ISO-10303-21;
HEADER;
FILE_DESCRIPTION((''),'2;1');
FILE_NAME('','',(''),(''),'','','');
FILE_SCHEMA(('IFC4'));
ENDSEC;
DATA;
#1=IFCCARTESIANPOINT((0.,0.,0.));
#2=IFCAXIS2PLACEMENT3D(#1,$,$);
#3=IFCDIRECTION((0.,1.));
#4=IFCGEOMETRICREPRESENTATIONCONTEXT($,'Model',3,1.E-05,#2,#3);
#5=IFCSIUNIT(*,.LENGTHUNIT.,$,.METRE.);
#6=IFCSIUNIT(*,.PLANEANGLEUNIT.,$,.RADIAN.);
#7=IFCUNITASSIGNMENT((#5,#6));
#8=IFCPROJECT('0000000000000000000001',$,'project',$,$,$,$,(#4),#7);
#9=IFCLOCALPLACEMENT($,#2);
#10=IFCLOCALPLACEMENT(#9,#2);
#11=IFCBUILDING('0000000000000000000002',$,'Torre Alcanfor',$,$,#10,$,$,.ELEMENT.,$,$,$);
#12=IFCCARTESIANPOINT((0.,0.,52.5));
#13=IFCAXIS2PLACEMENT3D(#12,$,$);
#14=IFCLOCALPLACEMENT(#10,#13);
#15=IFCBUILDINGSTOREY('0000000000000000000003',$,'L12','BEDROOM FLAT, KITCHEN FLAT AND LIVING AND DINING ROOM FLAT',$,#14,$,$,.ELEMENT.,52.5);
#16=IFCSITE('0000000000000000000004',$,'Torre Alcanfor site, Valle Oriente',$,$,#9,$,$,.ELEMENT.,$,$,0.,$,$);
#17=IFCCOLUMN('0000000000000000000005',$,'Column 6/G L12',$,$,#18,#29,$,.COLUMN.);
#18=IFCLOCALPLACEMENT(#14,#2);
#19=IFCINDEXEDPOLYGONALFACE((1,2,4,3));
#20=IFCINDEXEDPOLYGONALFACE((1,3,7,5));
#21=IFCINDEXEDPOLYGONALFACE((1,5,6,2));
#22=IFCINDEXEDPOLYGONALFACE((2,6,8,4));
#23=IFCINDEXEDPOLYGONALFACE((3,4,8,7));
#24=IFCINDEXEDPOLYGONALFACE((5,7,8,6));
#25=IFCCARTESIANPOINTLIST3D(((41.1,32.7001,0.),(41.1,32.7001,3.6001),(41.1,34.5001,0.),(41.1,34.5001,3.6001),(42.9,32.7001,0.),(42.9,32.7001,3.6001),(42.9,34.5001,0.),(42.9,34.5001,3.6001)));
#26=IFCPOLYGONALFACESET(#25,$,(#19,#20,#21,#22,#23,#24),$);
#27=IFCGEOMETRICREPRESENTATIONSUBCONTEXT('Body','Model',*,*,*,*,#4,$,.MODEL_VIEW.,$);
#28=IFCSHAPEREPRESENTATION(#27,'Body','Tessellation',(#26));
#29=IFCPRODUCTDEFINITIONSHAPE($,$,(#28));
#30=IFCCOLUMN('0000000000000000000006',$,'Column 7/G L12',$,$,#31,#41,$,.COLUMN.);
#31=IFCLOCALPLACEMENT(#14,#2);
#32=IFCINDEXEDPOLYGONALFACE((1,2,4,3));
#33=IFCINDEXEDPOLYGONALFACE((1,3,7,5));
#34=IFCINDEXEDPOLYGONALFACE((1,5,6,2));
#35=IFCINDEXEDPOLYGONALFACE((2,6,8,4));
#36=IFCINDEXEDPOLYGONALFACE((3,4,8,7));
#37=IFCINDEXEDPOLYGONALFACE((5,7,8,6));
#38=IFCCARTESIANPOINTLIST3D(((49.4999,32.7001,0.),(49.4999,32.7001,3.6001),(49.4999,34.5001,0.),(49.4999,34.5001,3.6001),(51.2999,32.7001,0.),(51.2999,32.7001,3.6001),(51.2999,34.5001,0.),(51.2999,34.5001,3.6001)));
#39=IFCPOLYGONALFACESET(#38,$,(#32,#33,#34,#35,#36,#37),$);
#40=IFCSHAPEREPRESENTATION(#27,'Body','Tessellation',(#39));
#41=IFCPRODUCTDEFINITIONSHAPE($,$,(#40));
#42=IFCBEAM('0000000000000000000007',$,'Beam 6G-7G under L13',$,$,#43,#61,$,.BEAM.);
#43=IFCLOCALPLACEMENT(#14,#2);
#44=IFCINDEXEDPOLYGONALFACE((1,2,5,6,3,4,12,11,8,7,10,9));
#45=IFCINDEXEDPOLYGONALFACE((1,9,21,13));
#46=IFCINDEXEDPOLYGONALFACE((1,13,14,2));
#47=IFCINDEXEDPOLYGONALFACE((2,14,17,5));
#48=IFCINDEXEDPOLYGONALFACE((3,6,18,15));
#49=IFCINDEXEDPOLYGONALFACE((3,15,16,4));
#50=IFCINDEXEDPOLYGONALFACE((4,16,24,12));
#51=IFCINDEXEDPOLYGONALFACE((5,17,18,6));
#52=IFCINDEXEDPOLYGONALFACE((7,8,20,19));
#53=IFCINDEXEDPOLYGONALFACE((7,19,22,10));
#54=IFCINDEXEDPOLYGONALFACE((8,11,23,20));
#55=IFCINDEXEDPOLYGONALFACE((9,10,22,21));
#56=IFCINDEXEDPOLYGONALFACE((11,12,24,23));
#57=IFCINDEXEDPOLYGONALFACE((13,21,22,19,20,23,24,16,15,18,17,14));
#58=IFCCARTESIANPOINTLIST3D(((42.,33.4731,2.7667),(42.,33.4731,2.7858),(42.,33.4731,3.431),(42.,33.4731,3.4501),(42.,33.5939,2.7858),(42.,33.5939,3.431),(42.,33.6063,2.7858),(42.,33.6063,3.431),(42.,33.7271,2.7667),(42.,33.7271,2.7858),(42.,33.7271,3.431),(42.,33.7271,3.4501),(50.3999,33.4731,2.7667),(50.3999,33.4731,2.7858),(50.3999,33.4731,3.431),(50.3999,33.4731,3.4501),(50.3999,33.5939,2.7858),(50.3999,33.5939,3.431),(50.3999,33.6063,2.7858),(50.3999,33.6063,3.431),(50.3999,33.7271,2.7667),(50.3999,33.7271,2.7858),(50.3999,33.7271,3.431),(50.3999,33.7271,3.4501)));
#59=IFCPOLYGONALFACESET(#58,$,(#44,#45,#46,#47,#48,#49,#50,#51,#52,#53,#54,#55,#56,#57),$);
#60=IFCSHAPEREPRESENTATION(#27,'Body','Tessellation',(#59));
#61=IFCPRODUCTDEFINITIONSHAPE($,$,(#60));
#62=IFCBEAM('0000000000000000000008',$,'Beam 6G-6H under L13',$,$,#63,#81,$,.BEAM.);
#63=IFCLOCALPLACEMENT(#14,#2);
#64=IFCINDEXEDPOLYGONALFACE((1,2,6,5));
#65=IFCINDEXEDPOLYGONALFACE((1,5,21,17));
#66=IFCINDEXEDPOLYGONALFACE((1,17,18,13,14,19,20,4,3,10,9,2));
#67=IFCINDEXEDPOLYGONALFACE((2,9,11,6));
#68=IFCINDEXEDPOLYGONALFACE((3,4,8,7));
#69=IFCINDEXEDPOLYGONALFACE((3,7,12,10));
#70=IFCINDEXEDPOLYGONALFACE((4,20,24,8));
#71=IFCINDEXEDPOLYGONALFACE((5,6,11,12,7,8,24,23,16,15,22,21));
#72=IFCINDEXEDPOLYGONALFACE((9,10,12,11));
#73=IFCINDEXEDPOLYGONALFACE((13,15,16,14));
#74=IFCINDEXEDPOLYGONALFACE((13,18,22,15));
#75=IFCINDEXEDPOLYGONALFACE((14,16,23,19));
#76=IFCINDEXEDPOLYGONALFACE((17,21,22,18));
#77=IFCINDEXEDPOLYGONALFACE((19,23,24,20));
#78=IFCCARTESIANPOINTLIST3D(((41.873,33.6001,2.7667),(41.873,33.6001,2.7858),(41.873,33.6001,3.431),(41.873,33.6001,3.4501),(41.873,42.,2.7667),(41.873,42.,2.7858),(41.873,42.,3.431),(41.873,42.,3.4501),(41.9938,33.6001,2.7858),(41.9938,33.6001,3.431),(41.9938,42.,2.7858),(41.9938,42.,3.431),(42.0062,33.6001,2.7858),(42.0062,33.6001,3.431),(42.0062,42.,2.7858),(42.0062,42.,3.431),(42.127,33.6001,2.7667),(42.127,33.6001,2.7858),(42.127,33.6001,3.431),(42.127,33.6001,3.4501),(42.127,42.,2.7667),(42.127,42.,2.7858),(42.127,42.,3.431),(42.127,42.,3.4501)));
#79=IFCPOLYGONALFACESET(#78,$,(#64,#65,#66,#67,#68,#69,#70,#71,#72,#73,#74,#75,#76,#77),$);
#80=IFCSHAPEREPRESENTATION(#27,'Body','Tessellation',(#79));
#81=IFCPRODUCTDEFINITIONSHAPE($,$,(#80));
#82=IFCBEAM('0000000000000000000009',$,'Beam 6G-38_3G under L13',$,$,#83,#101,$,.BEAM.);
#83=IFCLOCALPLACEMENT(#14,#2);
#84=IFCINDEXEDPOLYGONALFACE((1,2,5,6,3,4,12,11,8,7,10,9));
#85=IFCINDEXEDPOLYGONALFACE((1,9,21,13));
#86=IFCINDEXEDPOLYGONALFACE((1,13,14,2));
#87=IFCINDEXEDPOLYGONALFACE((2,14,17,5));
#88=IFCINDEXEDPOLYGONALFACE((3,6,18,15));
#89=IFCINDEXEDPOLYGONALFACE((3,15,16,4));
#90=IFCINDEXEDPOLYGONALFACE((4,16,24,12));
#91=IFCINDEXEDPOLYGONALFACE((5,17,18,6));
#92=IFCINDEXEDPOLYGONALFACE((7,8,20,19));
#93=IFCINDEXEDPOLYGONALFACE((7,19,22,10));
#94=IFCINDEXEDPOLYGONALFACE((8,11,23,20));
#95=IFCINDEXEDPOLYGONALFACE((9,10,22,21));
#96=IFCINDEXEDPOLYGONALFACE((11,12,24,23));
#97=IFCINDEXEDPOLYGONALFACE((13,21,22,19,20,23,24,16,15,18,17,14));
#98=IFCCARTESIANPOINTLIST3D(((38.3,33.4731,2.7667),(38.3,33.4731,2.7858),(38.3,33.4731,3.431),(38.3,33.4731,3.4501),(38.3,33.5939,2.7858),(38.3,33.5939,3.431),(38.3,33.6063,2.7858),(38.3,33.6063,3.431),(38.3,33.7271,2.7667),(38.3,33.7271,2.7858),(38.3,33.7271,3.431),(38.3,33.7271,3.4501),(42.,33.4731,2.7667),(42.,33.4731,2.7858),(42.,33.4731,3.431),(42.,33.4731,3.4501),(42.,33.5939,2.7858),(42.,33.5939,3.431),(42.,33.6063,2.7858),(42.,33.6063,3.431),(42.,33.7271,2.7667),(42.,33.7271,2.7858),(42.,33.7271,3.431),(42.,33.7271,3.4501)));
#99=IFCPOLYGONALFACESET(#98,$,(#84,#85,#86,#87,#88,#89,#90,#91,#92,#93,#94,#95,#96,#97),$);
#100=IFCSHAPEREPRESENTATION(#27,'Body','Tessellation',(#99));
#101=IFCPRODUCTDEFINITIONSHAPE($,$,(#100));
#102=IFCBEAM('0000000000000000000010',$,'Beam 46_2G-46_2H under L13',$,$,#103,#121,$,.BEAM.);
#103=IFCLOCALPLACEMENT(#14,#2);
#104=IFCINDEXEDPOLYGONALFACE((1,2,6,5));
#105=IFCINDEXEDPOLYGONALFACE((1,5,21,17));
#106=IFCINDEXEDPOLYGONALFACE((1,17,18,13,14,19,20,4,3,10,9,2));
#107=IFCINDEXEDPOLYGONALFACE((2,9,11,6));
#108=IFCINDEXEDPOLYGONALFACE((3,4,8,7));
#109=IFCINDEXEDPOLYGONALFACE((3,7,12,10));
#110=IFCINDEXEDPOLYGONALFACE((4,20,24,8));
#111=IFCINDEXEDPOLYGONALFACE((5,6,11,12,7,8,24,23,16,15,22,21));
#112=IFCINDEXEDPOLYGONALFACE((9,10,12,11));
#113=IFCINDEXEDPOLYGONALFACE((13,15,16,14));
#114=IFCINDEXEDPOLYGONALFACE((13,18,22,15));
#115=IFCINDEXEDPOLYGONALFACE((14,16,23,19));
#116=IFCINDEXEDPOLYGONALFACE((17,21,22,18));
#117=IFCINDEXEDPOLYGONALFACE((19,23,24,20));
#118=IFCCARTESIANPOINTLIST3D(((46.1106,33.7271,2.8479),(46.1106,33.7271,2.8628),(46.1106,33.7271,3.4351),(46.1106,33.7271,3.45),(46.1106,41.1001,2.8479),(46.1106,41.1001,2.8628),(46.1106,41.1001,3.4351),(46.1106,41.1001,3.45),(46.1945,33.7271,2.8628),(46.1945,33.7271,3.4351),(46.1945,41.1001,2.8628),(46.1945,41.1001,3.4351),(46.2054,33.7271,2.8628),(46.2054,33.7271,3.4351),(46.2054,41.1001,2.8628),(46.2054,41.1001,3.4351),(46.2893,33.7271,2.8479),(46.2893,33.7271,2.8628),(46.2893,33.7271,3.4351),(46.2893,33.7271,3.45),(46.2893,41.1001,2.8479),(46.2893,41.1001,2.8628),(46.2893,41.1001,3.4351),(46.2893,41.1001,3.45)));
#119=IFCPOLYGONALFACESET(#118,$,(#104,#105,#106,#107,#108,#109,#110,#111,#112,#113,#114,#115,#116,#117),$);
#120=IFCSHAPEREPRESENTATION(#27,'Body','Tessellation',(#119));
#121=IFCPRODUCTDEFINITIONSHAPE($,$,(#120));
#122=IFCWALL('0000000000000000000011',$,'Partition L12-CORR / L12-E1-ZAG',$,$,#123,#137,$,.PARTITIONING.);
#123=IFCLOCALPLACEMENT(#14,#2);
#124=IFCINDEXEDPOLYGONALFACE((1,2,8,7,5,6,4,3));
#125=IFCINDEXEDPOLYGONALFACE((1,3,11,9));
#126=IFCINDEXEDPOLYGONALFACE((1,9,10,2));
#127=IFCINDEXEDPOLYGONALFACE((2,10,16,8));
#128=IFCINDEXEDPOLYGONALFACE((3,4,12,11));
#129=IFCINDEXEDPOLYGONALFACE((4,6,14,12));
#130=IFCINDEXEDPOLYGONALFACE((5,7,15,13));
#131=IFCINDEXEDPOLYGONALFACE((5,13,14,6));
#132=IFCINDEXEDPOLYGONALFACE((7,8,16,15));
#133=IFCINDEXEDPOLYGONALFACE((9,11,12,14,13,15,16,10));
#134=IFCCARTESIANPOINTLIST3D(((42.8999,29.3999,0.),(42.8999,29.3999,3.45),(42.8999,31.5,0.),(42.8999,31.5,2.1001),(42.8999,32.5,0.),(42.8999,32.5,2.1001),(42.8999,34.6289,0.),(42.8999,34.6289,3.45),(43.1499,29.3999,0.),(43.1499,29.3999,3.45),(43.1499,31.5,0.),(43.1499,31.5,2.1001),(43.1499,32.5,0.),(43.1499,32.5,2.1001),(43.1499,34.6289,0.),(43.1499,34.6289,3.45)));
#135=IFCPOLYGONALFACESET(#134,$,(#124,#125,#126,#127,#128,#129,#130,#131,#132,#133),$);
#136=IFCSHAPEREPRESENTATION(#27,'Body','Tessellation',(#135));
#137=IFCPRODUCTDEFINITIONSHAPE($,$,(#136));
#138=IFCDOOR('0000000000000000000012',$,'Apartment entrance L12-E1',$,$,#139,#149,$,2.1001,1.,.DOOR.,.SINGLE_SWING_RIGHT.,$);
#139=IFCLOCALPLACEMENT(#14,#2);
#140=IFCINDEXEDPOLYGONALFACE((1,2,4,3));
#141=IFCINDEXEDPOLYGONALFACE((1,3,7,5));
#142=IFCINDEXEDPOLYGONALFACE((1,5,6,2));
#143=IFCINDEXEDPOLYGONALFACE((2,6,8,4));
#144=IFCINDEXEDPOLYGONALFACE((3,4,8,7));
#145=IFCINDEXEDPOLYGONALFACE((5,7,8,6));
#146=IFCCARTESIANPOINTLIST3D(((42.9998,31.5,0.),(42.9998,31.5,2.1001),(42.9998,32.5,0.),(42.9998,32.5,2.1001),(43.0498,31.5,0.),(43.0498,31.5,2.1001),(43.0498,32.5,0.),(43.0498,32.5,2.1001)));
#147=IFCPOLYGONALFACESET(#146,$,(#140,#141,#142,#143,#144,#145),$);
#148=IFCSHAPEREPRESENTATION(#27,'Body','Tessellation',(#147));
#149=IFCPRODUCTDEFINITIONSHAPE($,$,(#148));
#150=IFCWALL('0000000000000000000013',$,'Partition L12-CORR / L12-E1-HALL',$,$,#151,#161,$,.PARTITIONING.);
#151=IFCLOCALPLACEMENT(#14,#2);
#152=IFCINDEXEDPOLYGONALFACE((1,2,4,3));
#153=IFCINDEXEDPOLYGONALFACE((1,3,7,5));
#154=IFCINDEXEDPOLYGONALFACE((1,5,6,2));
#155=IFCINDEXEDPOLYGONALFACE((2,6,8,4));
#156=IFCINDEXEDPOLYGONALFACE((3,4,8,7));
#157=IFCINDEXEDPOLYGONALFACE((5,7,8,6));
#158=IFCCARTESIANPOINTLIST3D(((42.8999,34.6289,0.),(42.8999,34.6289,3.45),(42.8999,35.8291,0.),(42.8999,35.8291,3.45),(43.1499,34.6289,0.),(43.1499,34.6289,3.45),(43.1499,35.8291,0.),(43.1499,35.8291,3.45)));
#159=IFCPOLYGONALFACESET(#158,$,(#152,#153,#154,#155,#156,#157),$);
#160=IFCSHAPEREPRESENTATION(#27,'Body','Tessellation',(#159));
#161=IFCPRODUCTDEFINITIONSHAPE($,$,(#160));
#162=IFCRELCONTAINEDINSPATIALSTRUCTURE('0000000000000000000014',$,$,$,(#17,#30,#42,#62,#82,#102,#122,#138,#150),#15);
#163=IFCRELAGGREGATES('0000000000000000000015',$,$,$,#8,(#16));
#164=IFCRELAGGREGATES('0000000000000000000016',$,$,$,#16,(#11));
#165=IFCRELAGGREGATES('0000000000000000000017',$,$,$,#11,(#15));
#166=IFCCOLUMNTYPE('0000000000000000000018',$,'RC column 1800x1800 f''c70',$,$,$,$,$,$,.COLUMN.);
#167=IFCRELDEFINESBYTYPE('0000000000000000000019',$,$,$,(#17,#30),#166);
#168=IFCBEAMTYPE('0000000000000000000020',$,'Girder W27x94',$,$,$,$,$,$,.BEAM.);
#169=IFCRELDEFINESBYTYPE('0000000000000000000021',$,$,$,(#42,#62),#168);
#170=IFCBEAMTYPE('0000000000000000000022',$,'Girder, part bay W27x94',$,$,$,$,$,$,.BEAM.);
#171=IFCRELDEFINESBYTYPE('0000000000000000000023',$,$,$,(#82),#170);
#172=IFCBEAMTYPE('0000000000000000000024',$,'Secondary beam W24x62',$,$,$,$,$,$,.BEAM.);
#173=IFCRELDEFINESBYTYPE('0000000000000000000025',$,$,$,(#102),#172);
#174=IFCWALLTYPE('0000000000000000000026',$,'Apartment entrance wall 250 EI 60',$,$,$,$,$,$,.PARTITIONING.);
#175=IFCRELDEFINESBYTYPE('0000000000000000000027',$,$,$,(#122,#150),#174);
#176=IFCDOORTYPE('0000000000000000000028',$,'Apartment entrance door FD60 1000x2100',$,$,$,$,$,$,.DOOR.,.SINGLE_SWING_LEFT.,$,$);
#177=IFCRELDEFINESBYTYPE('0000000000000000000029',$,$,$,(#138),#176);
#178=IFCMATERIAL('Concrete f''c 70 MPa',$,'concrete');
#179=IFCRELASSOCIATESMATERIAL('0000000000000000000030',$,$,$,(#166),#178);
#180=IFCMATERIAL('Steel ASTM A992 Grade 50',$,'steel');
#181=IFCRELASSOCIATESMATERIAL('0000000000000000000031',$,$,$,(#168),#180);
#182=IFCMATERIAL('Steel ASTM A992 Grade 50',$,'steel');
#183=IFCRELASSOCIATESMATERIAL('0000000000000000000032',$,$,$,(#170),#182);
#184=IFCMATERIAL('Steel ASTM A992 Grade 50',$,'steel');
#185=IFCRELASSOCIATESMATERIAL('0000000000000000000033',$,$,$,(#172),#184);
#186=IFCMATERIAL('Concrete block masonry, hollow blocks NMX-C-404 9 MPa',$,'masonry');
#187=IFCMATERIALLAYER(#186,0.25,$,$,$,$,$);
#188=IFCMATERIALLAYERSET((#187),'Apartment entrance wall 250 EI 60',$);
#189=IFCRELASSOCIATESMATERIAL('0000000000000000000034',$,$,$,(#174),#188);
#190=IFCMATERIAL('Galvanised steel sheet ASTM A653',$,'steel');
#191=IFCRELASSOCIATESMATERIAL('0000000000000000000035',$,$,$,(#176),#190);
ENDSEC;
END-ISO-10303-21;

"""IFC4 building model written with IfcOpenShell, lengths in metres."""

from ifc_helpers import new_model, si_unit, direction, frame, frame_2d, origin, origin_2d, place, context, subcontext, project, spatial, rectangle, i_section, extrude, material, layer, layer_set, material_profile, profile_set, type_object, element, fill, save


model = new_model("IFC4")

# Units and contexts
model_context = context("Model", 3, precision=1e-05, world=origin(), true_north=direction((0.0, 1.0)))
body_context = subcontext(model_context, "Body", "Model", "MODEL_VIEW")
ifc_project = project(units=[si_unit("LENGTHUNIT", "METRE"), si_unit("PLANEANGLEUNIT", "RADIAN")], contexts=[model_context])

# Site, building, storey
site_placement = place(None, origin())
site = spatial("IfcSite", under=ifc_project, at=site_placement, Name="Torre Alcanfor site, Valle Oriente", CompositionType="ELEMENT", RefElevation=0.0)
building_placement = place(site_placement, origin())
building = spatial("IfcBuilding", under=site, at=building_placement, Name="Torre Alcanfor", CompositionType="ELEMENT")
storey_placement = place(building_placement, frame((0.0, 0.0, 52.5)))
storey = spatial("IfcBuildingStorey", under=building, at=storey_placement, Name="L12", Description="BEDROOM FLAT, KITCHEN FLAT AND LIVING AND DINING ROOM FLAT", CompositionType="ELEMENT", Elevation=52.5)

# Columns
ifc_material_1 = material(Name="Concrete f'c 70 MPa", Category="concrete")
ifc_material_profile_1 = material_profile(ifc_material_1, rectangle(XDim=1.8, YDim=1.8, at=origin_2d()), Name="1800x1800")
ifc_profile_set_1 = profile_set([ifc_material_profile_1], Name="Concrete f'c 70 MPa")
column_type = type_object("IfcColumnType", Name="RC column 1800x1800 f'c70", PredefinedType="COLUMN", material=ifc_profile_set_1)
for number, where, z_axis, x_axis, name in (
    (1, (42.0, 33.6001, 0.0), (0.0, 0.0, 1.0), (1.0, 0.0, 0.0), "Column 6/G L12"),
    (2, (50.3999, 33.6001, 0.0), (0.0, 0.0, 1.0), (1.0, 0.0, 0.0), "Column 7/G L12"),
):
    element("IfcColumn", number, at=place(storey_placement, frame(where, z_axis=z_axis, x_axis=x_axis)), inside=storey, type_object=column_type, Name=name, PredefinedType="COLUMN", context=body_context, shape_type="SweptSolid", body=[
        extrude(rectangle(XDim=1.8, YDim=1.8, at=origin_2d()), origin(), (0.0, 0.0, 1.0), 3.6001),
    ])

# Beams
ifc_material_2 = material(Name="Steel ASTM A992 Grade 50", Category="steel")
ifc_material_profile_2 = material_profile(ifc_material_2, i_section(OverallWidth=0.2539, OverallDepth=0.6833, WebThickness=0.0125, FlangeThickness=0.019, at=origin_2d()), Name="W27x94")
ifc_profile_set_2 = profile_set([ifc_material_profile_2], Name="Steel ASTM A992 Grade 50")
beam_type_1 = type_object("IfcBeamType", Name="Girder W27x94", PredefinedType="BEAM", material=ifc_profile_set_2)
for number, where, z_axis, x_axis, name in (
    (3, (42.0, 33.6001, 3.1084), (1.0, 0.0, 0.0), (0.0, 1.0, 0.0), "Beam 6G-7G under L13"),
    (4, (42.0, 33.6001, 3.1084), (0.0, 1.0, 0.0), (-1.0, 0.0, 0.0), "Beam 6G-6H under L13"),
):
    element("IfcBeam", number, at=place(storey_placement, frame(where, z_axis=z_axis, x_axis=x_axis)), inside=storey, type_object=beam_type_1, Name=name, PredefinedType="BEAM", context=body_context, shape_type="SweptSolid", body=[
        extrude(i_section(OverallWidth=0.2539, OverallDepth=0.6833, WebThickness=0.0125, FlangeThickness=0.019, at=origin_2d()), origin(), (0.0, 0.0, 1.0), 8.3999),
    ])
ifc_material_3 = material(Name="Steel ASTM A992 Grade 50", Category="steel")
ifc_material_profile_3 = material_profile(ifc_material_3, i_section(OverallWidth=0.2539, OverallDepth=0.6833, WebThickness=0.0125, FlangeThickness=0.019, at=origin_2d()), Name="W27x94")
ifc_profile_set_3 = profile_set([ifc_material_profile_3], Name="Steel ASTM A992 Grade 50")
beam_type_2 = type_object("IfcBeamType", Name="Girder, part bay W27x94", PredefinedType="BEAM", material=ifc_profile_set_3)
beam_1_placement = place(storey_placement, frame((42.0, 33.6001, 3.1084), z_axis=(-1.0, 0.0, 0.0), x_axis=(0.0, -1.0, 0.0)))
element("IfcBeam", 5, at=beam_1_placement, inside=storey, type_object=beam_type_2, Name="Beam 6G-38_3G under L13", PredefinedType="BEAM", context=body_context, shape_type="SweptSolid", body=[
    extrude(i_section(OverallWidth=0.2539, OverallDepth=0.6833, WebThickness=0.0125, FlangeThickness=0.019, at=origin_2d()), origin(), (0.0, 0.0, 1.0), 3.7),
])
ifc_material_4 = material(Name="Steel ASTM A992 Grade 50", Category="steel")
ifc_material_profile_4 = material_profile(ifc_material_4, i_section(OverallWidth=0.1787, OverallDepth=0.6021, WebThickness=0.011, FlangeThickness=0.0149, at=origin_2d()), Name="W24x62")
ifc_profile_set_4 = profile_set([ifc_material_profile_4], Name="Steel ASTM A992 Grade 50")
beam_type_3 = type_object("IfcBeamType", Name="Secondary beam W24x62", PredefinedType="BEAM", material=ifc_profile_set_4)
beam_2_placement = place(storey_placement, frame((46.2, 33.7271, 3.1489), z_axis=(0.0, 1.0, 0.0), x_axis=(-1.0, 0.0, 0.0)))
element("IfcBeam", 6, at=beam_2_placement, inside=storey, type_object=beam_type_3, Name="Beam 46_2G-46_2H under L13", PredefinedType="BEAM", context=body_context, shape_type="SweptSolid", body=[
    extrude(i_section(OverallWidth=0.1787, OverallDepth=0.6021, WebThickness=0.011, FlangeThickness=0.0149, at=origin_2d()), origin(), (0.0, 0.0, 1.0), 7.373),
])

# Wall, opening, door
ifc_material_5 = material(Name="Concrete block masonry, hollow blocks NMX-C-404 9 MPa", Category="masonry")
ifc_layer_1 = layer(ifc_material_5, 0.25)
ifc_layer_set_1 = layer_set([ifc_layer_1], Name="Apartment entrance wall 250 EI 60")
wall_type_1 = type_object("IfcWallType", Name="Apartment entrance wall 250 EI 60", PredefinedType="PARTITIONING", material=ifc_layer_set_1)
wall_1_placement = place(storey_placement, frame((43.0249, 34.6289, 0.0), z_axis=(0.0, 0.0, 1.0), x_axis=(0.0, -1.0, 0.0)))
wall_1 = element("IfcWall", 7, at=wall_1_placement, inside=storey, type_object=wall_type_1, Name="Partition L12-CORR / L12-E1-ZAG", PredefinedType="PARTITIONING", context=body_context, shape_type="SweptSolid", body=[
    extrude(rectangle(XDim=5.229, YDim=0.25, at=frame_2d((2.6145, 0.0))), origin(), (0.0, 0.0, 1.0), 3.45),
])
opening_1_placement = place(wall_1_placement, frame((2.1289, 0.0, 0.0)))
opening_1 = element("IfcOpeningElement", 8, at=opening_1_placement, cuts=wall_1, PredefinedType="OPENING", context=body_context, shape_type="SweptSolid", body=[
    extrude(rectangle(XDim=1.0, YDim=2.1001, at=frame_2d((0.5, 1.05))), frame((0.0, 0.135, 0.0), z_axis=(0.0, -1.0, 0.0), x_axis=(1.0, 0.0, 0.0)), (0.0, 0.0, 1.0), 0.27),
])
ifc_material_6 = material(Name="Galvanised steel sheet ASTM A653", Category="steel")
door_type_1 = type_object("IfcDoorType", Name="Apartment entrance door FD60 1000x2100", OperationType="SINGLE_SWING_LEFT", PredefinedType="DOOR", material=ifc_material_6)
door_1_placement = place(opening_1_placement, origin())
door_1 = element("IfcDoor", 9, at=door_1_placement, inside=storey, type_object=door_type_1, Name="Apartment entrance L12-E1", OperationType="SINGLE_SWING_RIGHT", OverallHeight=2.1001, OverallWidth=1.0, PredefinedType="DOOR", context=body_context, shape_type="SweptSolid", body=[
    extrude(rectangle(XDim=1.0, YDim=2.1001, at=frame_2d((0.5, 1.05))), frame((0.0, 0.0249, 0.0), z_axis=(0.0, -1.0, 0.0), x_axis=(1.0, 0.0, 0.0)), (0.0, 0.0, 1.0), 0.05),
])
fill(opening_1, door_1)

# Wall
wall_2_placement = place(storey_placement, frame((43.0249, 35.8291, 0.0), z_axis=(0.0, 0.0, 1.0), x_axis=(0.0, -1.0, 0.0)))
element("IfcWall", 10, at=wall_2_placement, inside=storey, type_object=wall_type_1, Name="Partition L12-CORR / L12-E1-HALL", PredefinedType="PARTITIONING", context=body_context, shape_type="SweptSolid", body=[
    extrude(rectangle(XDim=1.2002, YDim=0.25, at=frame_2d((0.6001, 0.0))), origin(), (0.0, 0.0, 1.0), 3.45),
])

save(model, "model.ifc")
